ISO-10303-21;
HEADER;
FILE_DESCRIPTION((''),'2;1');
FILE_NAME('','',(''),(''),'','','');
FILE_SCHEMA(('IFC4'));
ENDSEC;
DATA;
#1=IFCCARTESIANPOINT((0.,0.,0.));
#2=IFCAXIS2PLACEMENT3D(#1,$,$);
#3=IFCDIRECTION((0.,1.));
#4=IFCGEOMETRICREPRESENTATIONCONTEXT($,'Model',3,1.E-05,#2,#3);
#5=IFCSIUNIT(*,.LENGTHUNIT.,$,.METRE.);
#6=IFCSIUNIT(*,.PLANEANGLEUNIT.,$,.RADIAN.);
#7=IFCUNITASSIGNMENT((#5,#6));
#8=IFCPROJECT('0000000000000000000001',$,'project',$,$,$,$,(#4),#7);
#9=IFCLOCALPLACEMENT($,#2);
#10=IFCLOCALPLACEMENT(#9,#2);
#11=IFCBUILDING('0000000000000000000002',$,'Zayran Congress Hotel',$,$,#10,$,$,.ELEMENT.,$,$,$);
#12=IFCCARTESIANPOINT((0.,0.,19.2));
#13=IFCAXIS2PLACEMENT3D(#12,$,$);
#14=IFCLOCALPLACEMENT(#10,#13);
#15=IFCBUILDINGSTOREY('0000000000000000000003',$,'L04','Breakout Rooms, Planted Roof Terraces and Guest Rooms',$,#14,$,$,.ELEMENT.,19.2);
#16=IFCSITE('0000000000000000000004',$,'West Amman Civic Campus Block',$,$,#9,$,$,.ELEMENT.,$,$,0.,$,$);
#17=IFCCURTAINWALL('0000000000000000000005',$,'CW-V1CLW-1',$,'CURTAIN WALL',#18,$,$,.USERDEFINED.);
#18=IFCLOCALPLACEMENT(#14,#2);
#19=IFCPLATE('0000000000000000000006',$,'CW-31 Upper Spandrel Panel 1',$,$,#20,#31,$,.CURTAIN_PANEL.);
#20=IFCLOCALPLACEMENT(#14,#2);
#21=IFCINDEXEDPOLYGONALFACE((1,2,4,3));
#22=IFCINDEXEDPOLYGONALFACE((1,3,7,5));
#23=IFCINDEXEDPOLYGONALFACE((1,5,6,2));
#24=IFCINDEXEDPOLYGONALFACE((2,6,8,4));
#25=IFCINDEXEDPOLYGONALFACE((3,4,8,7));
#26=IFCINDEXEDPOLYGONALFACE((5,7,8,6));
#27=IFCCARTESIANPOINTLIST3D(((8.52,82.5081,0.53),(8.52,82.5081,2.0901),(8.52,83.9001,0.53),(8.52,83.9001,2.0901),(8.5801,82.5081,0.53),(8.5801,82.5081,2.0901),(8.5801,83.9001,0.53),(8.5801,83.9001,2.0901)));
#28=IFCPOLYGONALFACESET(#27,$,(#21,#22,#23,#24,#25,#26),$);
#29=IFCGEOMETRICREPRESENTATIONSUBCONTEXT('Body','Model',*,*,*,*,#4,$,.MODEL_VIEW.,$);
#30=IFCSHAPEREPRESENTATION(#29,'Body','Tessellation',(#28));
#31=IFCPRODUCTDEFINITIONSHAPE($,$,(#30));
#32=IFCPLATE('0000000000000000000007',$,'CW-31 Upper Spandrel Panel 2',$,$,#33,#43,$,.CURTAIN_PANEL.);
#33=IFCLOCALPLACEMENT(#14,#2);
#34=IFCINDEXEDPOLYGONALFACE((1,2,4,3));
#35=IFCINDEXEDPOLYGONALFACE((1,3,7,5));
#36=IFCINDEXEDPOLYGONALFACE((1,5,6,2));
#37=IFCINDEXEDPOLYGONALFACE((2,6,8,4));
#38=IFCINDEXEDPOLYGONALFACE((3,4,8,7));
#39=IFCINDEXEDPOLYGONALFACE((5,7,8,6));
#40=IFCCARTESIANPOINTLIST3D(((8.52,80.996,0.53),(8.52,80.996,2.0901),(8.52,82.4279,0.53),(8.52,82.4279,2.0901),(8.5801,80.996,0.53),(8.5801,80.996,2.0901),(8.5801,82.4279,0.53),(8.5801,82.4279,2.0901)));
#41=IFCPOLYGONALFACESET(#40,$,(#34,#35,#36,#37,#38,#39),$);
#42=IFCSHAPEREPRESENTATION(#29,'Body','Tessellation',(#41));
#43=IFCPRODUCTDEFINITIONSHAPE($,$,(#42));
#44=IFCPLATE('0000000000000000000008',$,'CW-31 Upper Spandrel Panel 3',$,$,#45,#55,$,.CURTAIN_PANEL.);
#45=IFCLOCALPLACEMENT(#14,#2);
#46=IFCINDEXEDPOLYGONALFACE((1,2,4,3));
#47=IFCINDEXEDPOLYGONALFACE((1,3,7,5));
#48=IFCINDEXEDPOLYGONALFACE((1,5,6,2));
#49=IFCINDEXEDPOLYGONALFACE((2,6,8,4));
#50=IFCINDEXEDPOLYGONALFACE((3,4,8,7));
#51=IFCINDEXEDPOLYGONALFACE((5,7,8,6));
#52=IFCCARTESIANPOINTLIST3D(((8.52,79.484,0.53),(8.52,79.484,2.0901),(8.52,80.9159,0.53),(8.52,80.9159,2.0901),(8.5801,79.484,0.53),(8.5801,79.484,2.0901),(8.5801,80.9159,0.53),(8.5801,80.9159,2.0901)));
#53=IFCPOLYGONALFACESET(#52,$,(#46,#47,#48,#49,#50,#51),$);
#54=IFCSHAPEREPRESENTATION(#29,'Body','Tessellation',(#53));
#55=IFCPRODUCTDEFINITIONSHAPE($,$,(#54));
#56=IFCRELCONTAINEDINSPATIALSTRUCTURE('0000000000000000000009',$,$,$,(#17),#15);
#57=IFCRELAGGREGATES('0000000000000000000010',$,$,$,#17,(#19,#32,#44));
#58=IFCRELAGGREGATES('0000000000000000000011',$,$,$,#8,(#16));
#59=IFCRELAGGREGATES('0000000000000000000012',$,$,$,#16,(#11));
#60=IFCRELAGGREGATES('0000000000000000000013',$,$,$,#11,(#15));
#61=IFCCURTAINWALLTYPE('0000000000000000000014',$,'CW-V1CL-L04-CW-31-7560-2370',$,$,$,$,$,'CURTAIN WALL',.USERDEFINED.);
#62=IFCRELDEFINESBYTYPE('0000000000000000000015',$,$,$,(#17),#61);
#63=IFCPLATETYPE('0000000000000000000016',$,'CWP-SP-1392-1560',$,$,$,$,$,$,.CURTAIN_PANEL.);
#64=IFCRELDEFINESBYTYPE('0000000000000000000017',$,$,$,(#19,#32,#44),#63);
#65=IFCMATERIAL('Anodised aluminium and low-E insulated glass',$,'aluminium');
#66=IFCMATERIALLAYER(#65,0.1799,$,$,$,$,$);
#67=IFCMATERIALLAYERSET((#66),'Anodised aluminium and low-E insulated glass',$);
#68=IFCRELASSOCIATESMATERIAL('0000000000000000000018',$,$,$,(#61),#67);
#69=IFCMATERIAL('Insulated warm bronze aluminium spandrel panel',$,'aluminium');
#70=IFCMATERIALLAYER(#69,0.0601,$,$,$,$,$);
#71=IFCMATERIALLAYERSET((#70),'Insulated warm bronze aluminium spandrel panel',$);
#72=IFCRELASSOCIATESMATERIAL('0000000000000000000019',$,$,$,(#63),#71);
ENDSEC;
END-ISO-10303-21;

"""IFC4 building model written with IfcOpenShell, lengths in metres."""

from ifc_helpers import new_model, si_unit, direction, frame, origin, origin_2d, place, context, subcontext, project, spatial, rectangle, extrude, material, layer, layer_set, type_object, element, aggregate, save


model = new_model("IFC4")

# Units and contexts
model_context = context("Model", 3, precision=1e-05, world=origin(), true_north=direction((0.0, 1.0)))
body_context = subcontext(model_context, "Body", "Model", "MODEL_VIEW")
ifc_project = project(units=[si_unit("LENGTHUNIT", "METRE"), si_unit("PLANEANGLEUNIT", "RADIAN")], contexts=[model_context])

# Site, building, storey
site_placement = place(None, origin())
site = spatial("IfcSite", under=ifc_project, at=site_placement, Name="West Amman Civic Campus Block", CompositionType="ELEMENT", RefElevation=0.0)
building_placement = place(site_placement, origin())
building = spatial("IfcBuilding", under=site, at=building_placement, Name="Zayran Congress Hotel", CompositionType="ELEMENT")
storey_placement = place(building_placement, frame((0.0, 0.0, 19.2)))
storey = spatial("IfcBuildingStorey", under=building, at=storey_placement, Name="L04", Description="Breakout Rooms, Planted Roof Terraces and Guest Rooms", CompositionType="ELEMENT", Elevation=19.2)

# Curtain wall
ifc_material_1 = material(Name="Anodised aluminium and low-E insulated glass", Category="aluminium")
ifc_layer_1 = layer(ifc_material_1, 0.1799)
ifc_layer_set_1 = layer_set([ifc_layer_1], Name="Anodised aluminium and low-E insulated glass")
curtain_wall_type = type_object("IfcCurtainWallType", Name="CW-V1CL-L04-CW-31-7560-2370", ElementType="CURTAIN WALL", PredefinedType="USERDEFINED", material=ifc_layer_set_1)
curtain_wall_placement = place(storey_placement, origin())
curtain_wall = element("IfcCurtainWall", 1, at=curtain_wall_placement, inside=storey, type_object=curtain_wall_type, Name="CW-V1CLW-1", ObjectType="CURTAIN WALL", PredefinedType="USERDEFINED")

# Plates
ifc_material_2 = material(Name="Insulated warm bronze aluminium spandrel panel", Category="aluminium")
ifc_layer_2 = layer(ifc_material_2, 0.0601)
ifc_layer_set_2 = layer_set([ifc_layer_2], Name="Insulated warm bronze aluminium spandrel panel")
plate_type_1 = type_object("IfcPlateType", Name="CWP-SP-1392-1560", PredefinedType="CURTAIN_PANEL", material=ifc_layer_set_2)
plate_1_placement = place(storey_placement, frame((8.55, 83.2041, 0.53), z_axis=(0.0, 0.0, 1.0), x_axis=(0.0, 1.0, 0.0)))
plate_1 = element("IfcPlate", 2, at=plate_1_placement, type_object=plate_type_1, Name="CW-31 Upper Spandrel Panel 1", PredefinedType="CURTAIN_PANEL", context=body_context, shape_type="SweptSolid", body=[
    extrude(rectangle(XDim=1.3921, YDim=0.0601, at=origin_2d()), origin(), (0.0, 0.0, 1.0), 1.5601),
])
plate_2_placement = place(storey_placement, frame((8.55, 81.7119, 0.53), z_axis=(0.0, 0.0, 1.0), x_axis=(0.0, 1.0, 0.0)))
plate_2 = element("IfcPlate", 3, at=plate_2_placement, type_object=plate_type_1, Name="CW-31 Upper Spandrel Panel 2", PredefinedType="CURTAIN_PANEL", context=body_context, shape_type="SweptSolid", body=[
    extrude(rectangle(XDim=1.4319, YDim=0.0601, at=origin_2d()), origin(), (0.0, 0.0, 1.0), 1.5601),
])
plate_3_placement = place(storey_placement, frame((8.55, 80.2, 0.53), z_axis=(0.0, 0.0, 1.0), x_axis=(0.0, 1.0, 0.0)))
plate_3 = element("IfcPlate", 4, at=plate_3_placement, type_object=plate_type_1, Name="CW-31 Upper Spandrel Panel 3", PredefinedType="CURTAIN_PANEL", context=body_context, shape_type="SweptSolid", body=[
    extrude(rectangle(XDim=1.4319, YDim=0.0601, at=origin_2d()), origin(), (0.0, 0.0, 1.0), 1.5601),
])
aggregate(curtain_wall, [plate_1, plate_2, plate_3])

save(model, "model.ifc")
